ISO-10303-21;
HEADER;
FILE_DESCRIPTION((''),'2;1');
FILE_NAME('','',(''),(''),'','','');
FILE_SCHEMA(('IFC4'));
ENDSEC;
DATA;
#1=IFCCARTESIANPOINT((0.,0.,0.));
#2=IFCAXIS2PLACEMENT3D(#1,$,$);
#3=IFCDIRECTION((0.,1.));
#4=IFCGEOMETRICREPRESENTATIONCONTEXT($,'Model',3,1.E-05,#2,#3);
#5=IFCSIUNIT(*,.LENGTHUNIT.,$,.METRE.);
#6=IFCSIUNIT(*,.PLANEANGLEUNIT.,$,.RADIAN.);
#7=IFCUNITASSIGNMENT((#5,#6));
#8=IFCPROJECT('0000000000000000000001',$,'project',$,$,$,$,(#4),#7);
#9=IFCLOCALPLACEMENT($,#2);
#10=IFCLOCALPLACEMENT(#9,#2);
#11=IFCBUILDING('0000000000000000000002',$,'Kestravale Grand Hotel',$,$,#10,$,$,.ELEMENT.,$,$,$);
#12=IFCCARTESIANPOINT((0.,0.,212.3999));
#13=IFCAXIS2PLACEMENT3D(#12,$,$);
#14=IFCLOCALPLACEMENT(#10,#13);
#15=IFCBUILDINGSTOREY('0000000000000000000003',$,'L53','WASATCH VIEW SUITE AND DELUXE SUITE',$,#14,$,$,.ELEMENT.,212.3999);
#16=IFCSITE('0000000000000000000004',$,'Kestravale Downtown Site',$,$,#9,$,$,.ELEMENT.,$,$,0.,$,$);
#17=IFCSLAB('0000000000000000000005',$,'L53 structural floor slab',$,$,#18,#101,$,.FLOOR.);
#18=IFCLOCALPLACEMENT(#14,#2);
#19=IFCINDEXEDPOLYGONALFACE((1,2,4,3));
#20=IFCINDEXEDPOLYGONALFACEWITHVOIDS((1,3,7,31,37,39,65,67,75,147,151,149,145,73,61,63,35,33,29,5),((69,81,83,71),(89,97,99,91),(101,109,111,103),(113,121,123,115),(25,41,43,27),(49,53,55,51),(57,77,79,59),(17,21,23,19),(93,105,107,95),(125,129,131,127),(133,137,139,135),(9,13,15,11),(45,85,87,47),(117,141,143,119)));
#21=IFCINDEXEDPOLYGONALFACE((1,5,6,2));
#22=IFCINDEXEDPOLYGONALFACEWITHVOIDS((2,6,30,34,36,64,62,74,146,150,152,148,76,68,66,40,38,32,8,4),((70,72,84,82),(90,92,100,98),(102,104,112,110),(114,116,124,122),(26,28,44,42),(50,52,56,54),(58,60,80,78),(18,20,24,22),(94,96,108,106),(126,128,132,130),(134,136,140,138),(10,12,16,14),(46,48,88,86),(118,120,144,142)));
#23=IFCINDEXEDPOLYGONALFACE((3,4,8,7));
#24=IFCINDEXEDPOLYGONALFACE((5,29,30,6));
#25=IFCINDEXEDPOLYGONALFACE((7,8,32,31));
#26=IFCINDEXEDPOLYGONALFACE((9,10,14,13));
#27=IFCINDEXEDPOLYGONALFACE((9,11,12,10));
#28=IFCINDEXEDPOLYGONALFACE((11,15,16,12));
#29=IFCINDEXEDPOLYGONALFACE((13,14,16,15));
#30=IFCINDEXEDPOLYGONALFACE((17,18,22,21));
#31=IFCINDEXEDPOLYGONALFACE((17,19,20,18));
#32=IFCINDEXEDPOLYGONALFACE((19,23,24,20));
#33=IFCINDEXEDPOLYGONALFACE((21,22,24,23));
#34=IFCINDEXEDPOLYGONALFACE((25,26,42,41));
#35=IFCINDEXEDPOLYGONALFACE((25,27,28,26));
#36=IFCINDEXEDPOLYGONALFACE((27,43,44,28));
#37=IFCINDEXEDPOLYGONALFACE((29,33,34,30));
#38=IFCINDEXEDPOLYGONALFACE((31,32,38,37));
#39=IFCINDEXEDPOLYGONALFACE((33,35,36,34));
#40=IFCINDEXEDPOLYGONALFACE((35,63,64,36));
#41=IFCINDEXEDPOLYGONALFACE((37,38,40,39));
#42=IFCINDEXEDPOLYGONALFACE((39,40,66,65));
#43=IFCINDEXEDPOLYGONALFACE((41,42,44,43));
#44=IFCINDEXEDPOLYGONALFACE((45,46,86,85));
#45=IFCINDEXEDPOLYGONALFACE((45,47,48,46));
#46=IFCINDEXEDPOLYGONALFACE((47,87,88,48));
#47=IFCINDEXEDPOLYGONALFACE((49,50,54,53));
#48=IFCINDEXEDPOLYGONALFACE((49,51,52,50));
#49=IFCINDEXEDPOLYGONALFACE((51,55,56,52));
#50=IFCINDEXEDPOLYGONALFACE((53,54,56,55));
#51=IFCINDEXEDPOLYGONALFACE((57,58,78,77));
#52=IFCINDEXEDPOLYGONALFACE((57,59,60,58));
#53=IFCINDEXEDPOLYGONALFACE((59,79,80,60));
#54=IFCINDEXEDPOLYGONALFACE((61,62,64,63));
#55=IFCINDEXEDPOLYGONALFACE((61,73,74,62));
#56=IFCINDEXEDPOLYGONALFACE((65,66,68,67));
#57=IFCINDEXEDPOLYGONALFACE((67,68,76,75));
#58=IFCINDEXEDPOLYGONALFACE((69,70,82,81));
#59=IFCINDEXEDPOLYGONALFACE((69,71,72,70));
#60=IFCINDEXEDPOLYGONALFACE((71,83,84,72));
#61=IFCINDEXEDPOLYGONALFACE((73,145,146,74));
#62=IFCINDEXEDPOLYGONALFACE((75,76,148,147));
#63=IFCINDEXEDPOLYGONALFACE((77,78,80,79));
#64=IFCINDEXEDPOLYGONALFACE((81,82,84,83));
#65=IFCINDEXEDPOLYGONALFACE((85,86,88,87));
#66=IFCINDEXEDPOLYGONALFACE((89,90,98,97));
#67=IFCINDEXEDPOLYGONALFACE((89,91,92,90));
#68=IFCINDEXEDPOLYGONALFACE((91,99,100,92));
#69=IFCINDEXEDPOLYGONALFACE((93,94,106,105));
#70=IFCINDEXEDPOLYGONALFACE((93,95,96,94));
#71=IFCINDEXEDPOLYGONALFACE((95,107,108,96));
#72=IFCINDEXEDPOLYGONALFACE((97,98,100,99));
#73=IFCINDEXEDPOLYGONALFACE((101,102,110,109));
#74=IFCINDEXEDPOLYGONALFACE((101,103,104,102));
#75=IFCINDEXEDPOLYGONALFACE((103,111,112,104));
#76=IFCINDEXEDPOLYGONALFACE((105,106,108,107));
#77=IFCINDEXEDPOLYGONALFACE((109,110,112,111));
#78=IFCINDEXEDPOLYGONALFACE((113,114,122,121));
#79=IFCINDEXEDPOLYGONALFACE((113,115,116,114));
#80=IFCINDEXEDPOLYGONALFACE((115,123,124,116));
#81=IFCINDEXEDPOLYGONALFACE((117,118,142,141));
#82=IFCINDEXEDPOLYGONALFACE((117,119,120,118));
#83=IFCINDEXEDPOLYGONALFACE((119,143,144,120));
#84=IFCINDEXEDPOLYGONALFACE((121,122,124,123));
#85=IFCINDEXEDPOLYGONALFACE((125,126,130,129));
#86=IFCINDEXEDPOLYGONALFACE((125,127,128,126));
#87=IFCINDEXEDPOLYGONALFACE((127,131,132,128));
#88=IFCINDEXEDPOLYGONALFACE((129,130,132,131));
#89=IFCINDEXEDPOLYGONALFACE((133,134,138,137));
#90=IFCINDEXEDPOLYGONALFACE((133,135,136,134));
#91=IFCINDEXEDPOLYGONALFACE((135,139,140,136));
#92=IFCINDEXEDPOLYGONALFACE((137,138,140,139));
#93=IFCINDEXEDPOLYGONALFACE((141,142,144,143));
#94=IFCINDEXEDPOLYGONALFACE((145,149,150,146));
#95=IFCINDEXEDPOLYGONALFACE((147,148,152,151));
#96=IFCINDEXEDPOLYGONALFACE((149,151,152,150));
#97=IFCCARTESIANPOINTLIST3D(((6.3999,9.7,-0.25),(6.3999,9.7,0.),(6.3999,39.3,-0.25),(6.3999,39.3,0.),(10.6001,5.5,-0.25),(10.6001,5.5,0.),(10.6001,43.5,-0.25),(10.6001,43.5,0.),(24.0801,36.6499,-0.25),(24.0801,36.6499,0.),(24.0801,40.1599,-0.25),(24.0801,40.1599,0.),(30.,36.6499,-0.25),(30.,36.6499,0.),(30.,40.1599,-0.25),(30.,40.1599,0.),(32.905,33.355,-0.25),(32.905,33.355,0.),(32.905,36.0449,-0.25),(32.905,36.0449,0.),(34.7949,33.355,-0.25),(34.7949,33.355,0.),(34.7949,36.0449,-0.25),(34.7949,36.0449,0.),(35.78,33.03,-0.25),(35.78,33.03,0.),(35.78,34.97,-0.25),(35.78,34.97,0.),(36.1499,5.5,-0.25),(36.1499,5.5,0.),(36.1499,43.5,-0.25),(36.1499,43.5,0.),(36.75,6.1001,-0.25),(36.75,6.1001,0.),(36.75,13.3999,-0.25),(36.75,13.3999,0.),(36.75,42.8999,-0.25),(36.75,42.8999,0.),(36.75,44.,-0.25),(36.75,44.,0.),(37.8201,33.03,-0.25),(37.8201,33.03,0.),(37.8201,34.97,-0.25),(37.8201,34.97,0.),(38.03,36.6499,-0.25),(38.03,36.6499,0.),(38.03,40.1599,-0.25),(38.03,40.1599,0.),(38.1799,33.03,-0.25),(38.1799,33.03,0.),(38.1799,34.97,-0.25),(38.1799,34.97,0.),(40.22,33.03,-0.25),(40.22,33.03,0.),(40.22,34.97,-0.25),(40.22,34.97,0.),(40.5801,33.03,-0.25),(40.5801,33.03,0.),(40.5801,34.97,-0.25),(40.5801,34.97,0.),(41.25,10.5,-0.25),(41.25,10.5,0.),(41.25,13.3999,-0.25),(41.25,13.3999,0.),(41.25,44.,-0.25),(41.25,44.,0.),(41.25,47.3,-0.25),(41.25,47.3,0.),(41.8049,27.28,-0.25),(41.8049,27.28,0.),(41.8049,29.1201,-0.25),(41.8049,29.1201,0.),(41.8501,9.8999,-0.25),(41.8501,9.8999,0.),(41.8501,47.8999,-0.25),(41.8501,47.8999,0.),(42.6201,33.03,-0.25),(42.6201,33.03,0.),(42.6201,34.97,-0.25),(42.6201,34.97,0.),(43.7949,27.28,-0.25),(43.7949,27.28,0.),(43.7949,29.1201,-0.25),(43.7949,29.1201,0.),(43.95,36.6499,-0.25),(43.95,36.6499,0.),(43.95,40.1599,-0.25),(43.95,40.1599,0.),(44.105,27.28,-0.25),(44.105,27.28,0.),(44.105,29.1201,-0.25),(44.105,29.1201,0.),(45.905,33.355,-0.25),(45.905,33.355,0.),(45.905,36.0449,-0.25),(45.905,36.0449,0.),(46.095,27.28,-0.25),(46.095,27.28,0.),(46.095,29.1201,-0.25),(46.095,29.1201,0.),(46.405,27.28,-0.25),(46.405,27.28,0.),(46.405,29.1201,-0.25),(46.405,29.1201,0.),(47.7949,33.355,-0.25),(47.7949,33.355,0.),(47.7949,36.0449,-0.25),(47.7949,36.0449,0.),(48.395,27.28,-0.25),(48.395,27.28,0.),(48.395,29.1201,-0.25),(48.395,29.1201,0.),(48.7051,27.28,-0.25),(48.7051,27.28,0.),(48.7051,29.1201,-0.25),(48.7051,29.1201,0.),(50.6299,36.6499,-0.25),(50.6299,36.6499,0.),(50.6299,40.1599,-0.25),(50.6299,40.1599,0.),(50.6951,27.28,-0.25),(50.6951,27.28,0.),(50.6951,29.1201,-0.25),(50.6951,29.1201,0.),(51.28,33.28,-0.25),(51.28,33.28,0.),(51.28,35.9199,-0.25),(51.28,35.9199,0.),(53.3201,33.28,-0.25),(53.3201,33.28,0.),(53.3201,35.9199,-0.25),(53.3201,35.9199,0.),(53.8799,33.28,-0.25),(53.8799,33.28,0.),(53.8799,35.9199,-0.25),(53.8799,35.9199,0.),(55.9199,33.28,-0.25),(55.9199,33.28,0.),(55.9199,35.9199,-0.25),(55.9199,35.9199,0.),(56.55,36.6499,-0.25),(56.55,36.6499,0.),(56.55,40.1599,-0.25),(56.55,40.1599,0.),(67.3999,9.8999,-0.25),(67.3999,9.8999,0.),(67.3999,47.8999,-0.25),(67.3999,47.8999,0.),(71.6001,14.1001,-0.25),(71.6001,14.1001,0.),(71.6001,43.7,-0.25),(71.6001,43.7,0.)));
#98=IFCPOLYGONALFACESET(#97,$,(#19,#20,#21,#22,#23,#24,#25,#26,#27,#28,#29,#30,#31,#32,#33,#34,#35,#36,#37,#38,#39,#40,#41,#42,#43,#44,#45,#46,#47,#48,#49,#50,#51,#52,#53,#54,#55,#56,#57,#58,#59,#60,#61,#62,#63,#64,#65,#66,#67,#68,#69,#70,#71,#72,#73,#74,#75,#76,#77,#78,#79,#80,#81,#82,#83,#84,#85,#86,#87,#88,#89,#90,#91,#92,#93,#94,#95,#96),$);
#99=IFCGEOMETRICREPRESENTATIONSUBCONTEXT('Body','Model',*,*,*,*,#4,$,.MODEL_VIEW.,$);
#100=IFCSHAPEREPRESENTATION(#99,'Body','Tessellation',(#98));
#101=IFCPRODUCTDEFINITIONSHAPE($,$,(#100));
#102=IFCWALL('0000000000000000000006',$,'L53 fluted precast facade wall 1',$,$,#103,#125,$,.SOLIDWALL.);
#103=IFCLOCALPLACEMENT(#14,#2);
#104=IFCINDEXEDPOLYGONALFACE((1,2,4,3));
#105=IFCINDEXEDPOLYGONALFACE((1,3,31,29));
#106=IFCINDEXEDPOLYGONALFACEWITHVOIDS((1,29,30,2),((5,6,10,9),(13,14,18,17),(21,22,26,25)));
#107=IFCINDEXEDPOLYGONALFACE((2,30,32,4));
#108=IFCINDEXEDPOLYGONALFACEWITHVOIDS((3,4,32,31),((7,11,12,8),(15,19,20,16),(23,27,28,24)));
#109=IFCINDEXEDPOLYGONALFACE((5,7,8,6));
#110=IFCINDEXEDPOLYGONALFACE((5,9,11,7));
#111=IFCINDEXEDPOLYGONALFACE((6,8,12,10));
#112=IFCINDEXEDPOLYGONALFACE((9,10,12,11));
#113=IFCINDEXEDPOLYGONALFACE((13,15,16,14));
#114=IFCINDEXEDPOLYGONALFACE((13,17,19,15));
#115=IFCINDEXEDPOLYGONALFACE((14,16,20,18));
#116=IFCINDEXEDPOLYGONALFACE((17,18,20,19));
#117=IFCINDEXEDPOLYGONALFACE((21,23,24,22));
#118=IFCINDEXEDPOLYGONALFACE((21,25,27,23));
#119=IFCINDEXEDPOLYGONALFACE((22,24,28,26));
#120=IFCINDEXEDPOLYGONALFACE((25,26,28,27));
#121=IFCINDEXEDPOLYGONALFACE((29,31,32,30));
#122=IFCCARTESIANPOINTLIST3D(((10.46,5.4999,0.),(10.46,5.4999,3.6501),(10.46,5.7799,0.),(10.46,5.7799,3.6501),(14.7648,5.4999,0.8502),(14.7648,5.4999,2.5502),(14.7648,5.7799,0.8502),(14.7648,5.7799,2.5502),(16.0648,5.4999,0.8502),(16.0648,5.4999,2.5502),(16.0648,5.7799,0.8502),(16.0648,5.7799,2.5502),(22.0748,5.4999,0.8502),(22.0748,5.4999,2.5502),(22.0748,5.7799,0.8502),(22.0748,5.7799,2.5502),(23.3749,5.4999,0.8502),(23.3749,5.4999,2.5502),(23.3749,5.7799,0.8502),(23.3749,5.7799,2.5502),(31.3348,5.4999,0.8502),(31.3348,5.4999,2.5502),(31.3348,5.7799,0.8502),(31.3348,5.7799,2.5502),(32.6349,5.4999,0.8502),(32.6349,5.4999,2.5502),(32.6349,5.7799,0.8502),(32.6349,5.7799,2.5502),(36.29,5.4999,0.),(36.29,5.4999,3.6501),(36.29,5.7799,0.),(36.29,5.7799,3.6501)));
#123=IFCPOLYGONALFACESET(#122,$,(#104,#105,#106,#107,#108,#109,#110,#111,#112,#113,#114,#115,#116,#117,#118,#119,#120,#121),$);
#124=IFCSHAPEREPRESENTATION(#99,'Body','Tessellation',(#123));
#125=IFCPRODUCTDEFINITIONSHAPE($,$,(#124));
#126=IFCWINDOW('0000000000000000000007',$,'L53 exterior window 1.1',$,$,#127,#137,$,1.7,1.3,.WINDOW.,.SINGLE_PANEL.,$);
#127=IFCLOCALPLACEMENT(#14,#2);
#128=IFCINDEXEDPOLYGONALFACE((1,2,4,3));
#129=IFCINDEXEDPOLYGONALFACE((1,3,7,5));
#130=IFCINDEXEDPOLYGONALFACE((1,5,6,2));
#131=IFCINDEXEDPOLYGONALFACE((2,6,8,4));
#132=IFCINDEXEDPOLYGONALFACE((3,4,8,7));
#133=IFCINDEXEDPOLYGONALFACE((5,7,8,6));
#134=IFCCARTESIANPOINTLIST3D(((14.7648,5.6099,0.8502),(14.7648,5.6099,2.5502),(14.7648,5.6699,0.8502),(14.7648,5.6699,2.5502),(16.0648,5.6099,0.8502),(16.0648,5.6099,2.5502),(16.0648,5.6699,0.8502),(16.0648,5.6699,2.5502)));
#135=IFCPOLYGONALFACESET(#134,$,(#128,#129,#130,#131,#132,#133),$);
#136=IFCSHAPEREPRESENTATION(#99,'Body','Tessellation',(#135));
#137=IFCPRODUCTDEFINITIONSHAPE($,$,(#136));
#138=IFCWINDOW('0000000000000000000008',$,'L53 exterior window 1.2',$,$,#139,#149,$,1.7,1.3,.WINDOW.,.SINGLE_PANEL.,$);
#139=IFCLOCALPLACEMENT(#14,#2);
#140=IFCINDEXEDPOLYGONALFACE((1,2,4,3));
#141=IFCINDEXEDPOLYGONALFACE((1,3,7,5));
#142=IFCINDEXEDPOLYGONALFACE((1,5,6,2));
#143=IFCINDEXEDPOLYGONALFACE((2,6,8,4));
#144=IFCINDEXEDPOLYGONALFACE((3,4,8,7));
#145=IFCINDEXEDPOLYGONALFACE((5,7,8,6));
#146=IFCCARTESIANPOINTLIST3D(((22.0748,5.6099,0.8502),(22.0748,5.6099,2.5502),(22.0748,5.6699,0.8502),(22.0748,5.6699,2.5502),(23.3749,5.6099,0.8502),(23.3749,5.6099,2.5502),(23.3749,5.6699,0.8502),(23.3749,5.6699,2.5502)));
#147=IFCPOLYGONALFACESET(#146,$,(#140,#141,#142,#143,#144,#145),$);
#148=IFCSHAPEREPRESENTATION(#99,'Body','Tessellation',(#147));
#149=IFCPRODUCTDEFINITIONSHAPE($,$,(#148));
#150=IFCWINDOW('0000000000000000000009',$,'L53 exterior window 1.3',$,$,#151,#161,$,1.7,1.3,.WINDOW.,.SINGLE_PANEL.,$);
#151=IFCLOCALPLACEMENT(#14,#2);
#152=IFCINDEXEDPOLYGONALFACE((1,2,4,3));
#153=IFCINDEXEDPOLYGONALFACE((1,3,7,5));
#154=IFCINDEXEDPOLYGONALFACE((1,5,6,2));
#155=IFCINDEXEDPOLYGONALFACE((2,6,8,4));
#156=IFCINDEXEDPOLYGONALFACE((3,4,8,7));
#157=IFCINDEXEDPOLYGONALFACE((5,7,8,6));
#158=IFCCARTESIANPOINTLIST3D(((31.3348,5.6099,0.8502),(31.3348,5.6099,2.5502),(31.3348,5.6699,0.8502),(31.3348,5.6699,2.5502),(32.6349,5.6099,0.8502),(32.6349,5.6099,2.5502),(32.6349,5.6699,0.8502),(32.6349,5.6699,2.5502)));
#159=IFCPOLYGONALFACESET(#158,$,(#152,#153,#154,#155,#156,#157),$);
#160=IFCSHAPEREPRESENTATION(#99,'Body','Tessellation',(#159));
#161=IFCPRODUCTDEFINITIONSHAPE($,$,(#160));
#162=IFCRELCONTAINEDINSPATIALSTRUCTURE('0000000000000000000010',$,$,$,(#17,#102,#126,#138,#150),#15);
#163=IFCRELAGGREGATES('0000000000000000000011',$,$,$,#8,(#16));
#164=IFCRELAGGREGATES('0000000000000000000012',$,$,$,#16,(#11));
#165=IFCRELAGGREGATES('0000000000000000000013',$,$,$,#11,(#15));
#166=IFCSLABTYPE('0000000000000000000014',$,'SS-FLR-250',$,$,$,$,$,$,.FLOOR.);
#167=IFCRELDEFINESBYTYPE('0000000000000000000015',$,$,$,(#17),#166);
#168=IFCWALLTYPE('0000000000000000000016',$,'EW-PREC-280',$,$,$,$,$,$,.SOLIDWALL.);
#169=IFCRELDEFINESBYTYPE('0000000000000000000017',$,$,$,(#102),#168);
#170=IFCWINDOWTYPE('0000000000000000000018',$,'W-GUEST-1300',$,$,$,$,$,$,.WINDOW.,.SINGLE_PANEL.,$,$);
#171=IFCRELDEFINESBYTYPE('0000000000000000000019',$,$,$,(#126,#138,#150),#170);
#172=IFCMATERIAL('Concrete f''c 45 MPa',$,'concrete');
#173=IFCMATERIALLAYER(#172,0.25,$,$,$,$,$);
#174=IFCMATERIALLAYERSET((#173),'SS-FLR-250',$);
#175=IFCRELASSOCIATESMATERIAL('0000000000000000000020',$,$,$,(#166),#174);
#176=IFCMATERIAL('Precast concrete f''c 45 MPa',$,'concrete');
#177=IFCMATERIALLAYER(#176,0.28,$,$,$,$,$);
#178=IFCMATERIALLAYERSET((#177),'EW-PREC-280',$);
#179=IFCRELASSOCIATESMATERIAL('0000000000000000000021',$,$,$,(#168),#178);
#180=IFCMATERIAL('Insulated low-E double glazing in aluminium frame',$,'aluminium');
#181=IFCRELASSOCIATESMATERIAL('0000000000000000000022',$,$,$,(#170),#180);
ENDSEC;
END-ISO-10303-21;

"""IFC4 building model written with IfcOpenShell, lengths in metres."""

from ifc_helpers import new_model, si_unit, direction, frame, frame_2d, origin, place, context, subcontext, project, spatial, polyline, rectangle, outline, extrude, material, layer, layer_set, type_object, element, fill, save


model = new_model("IFC4")

# Units and contexts
model_context = context("Model", 3, precision=1e-05, world=origin(), true_north=direction((0.0, 1.0)))
body_context = subcontext(model_context, "Body", "Model", "MODEL_VIEW")
ifc_project = project(units=[si_unit("LENGTHUNIT", "METRE"), si_unit("PLANEANGLEUNIT", "RADIAN")], contexts=[model_context])

# Site, building, storey
site_placement = place(None, origin())
site = spatial("IfcSite", under=ifc_project, at=site_placement, Name="Kestravale Downtown Site", CompositionType="ELEMENT", RefElevation=0.0)
building_placement = place(site_placement, origin())
building = spatial("IfcBuilding", under=site, at=building_placement, Name="Kestravale Grand Hotel", CompositionType="ELEMENT")
storey_placement = place(building_placement, frame((0.0, 0.0, 212.3999)))
storey = spatial("IfcBuildingStorey", under=building, at=storey_placement, Name="L53", Description="WASATCH VIEW SUITE AND DELUXE SUITE", CompositionType="ELEMENT", Elevation=212.3999)

# Slab
ifc_material_1 = material(Name="Concrete f'c 45 MPa", Category="concrete")
ifc_layer_1 = layer(ifc_material_1, 0.25)
ifc_layer_set_1 = layer_set([ifc_layer_1], Name="SS-FLR-250")
slab_type_1 = type_object("IfcSlabType", Name="SS-FLR-250", PredefinedType="FLOOR", material=ifc_layer_set_1)
slab_1_placement = place(storey_placement, frame((0.0, 0.0, -0.25)))
element("IfcSlab", 1, at=slab_1_placement, inside=storey, type_object=slab_type_1, Name="L53 structural floor slab", PredefinedType="FLOOR", context=body_context, shape_type="SweptSolid", body=[
    extrude(outline(polyline([(10.6001, 5.5), (36.1499, 5.5), (36.75, 6.1001), (36.75, 13.3999), (41.25, 13.3999), (41.25, 10.5), (41.8501, 9.8999), (67.3999, 9.8999), (71.6001, 14.1001), (71.6001, 43.7), (67.3999, 47.8999), (41.8501, 47.8999), (41.25, 47.3), (41.25, 44.0), (36.75, 44.0), (36.75, 42.8999), (36.1499, 43.5), (10.6001, 43.5), (6.3999, 39.3), (6.3999, 9.7), (10.6001, 5.5)]), holes=[polyline([(24.0801, 36.6499), (30.0, 36.6499), (30.0, 40.1599), (24.0801, 40.1599), (24.0801, 36.6499)]), polyline([(38.03, 36.6499), (43.95, 36.6499), (43.95, 40.1599), (38.03, 40.1599), (38.03, 36.6499)]), polyline([(50.6299, 36.6499), (56.55, 36.6499), (56.55, 40.1599), (50.6299, 40.1599), (50.6299, 36.6499)]), polyline([(41.8049, 27.28), (43.7949, 27.28), (43.7949, 29.1201), (41.8049, 29.1201), (41.8049, 27.28)]), polyline([(44.105, 27.28), (46.095, 27.28), (46.095, 29.1201), (44.105, 29.1201), (44.105, 27.28)]), polyline([(46.405, 27.28), (48.395, 27.28), (48.395, 29.1201), (46.405, 29.1201), (46.405, 27.28)]), polyline([(48.7051, 27.28), (50.6951, 27.28), (50.6951, 29.1201), (48.7051, 29.1201), (48.7051, 27.28)]), polyline([(35.78, 33.03), (37.8201, 33.03), (37.8201, 34.97), (35.78, 34.97), (35.78, 33.03)]), polyline([(38.1799, 33.03), (40.22, 33.03), (40.22, 34.97), (38.1799, 34.97), (38.1799, 33.03)]), polyline([(40.5801, 33.03), (42.6201, 33.03), (42.6201, 34.97), (40.5801, 34.97), (40.5801, 33.03)]), polyline([(32.905, 33.355), (34.7949, 33.355), (34.7949, 36.0449), (32.905, 36.0449), (32.905, 33.355)]), polyline([(45.905, 33.355), (47.7949, 33.355), (47.7949, 36.0449), (45.905, 36.0449), (45.905, 33.355)]), polyline([(51.28, 33.28), (53.3201, 33.28), (53.3201, 35.9199), (51.28, 35.9199), (51.28, 33.28)]), polyline([(53.8799, 33.28), (55.9199, 33.28), (55.9199, 35.9199), (53.8799, 35.9199), (53.8799, 33.28)])]), origin(), (0.0, 0.0, 1.0), 0.25),
])

# Wall, openings, windows
ifc_material_2 = material(Name="Precast concrete f'c 45 MPa", Category="concrete")
ifc_layer_2 = layer(ifc_material_2, 0.28)
ifc_layer_set_2 = layer_set([ifc_layer_2], Name="EW-PREC-280")
wall_type_1 = type_object("IfcWallType", Name="EW-PREC-280", PredefinedType="SOLIDWALL", material=ifc_layer_set_2)
wall_1_placement = place(storey_placement, frame((10.46, 5.6399, 0.0), z_axis=(0.0, 0.0, 1.0), x_axis=(1.0, 0.0, 0.0)))
wall_1 = element("IfcWall", 2, at=wall_1_placement, inside=storey, type_object=wall_type_1, Name="L53 fluted precast facade wall 1", PredefinedType="SOLIDWALL", context=body_context, shape_type="SweptSolid", body=[
    extrude(rectangle(XDim=25.8301, YDim=0.28, at=frame_2d((12.915, 0.0))), origin(), (0.0, 0.0, 1.0), 3.6501),
])
opening_1_placement = place(wall_1_placement, frame((4.3049, 0.0, 0.8501)))
opening_1 = element("IfcOpeningElement", 3, at=opening_1_placement, cuts=wall_1, PredefinedType="OPENING", context=body_context, shape_type="SweptSolid", body=[
    extrude(rectangle(XDim=1.3, YDim=1.7, at=frame_2d((0.6499, 0.8501))), frame((0.0, 0.1499, 0.0), z_axis=(0.0, -1.0, 0.0), x_axis=(1.0, 0.0, 0.0)), (0.0, 0.0, 1.0), 0.3),
])
opening_2_placement = place(wall_1_placement, frame((11.615, 0.0, 0.8501)))
opening_2 = element("IfcOpeningElement", 4, at=opening_2_placement, cuts=wall_1, PredefinedType="OPENING", context=body_context, shape_type="SweptSolid", body=[
    extrude(rectangle(XDim=1.3, YDim=1.7, at=frame_2d((0.6499, 0.8501))), frame((0.0, 0.1499, 0.0), z_axis=(0.0, -1.0, 0.0), x_axis=(1.0, 0.0, 0.0)), (0.0, 0.0, 1.0), 0.3),
])
opening_3_placement = place(wall_1_placement, frame((20.875, 0.0, 0.8501)))
opening_3 = element("IfcOpeningElement", 5, at=opening_3_placement, cuts=wall_1, PredefinedType="OPENING", context=body_context, shape_type="SweptSolid", body=[
    extrude(rectangle(XDim=1.3, YDim=1.7, at=frame_2d((0.6499, 0.8501))), frame((0.0, 0.1499, 0.0), z_axis=(0.0, -1.0, 0.0), x_axis=(1.0, 0.0, 0.0)), (0.0, 0.0, 1.0), 0.3),
])
ifc_material_3 = material(Name="Insulated low-E double glazing in aluminium frame", Category="aluminium")
window_type = type_object("IfcWindowType", Name="W-GUEST-1300", PartitioningType="SINGLE_PANEL", PredefinedType="WINDOW", material=ifc_material_3)
window_1_placement = place(opening_1_placement, origin())
window_1 = element("IfcWindow", 6, at=window_1_placement, inside=storey, type_object=window_type, Name="L53 exterior window 1.1", OverallHeight=1.7, OverallWidth=1.3, PartitioningType="SINGLE_PANEL", PredefinedType="WINDOW", context=body_context, shape_type="SweptSolid", body=[
    extrude(rectangle(XDim=1.3, YDim=1.7, at=frame_2d((0.6499, 0.8501))), frame((0.0, 0.03, 0.0), z_axis=(0.0, -1.0, 0.0), x_axis=(1.0, 0.0, 0.0)), (0.0, 0.0, 1.0), 0.0601),
])
fill(opening_1, window_1)
window_2_placement = place(opening_2_placement, origin())
window_2 = element("IfcWindow", 7, at=window_2_placement, inside=storey, type_object=window_type, Name="L53 exterior window 1.2", OverallHeight=1.7, OverallWidth=1.3, PartitioningType="SINGLE_PANEL", PredefinedType="WINDOW", context=body_context, shape_type="SweptSolid", body=[
    extrude(rectangle(XDim=1.3, YDim=1.7, at=frame_2d((0.6499, 0.8501))), frame((0.0, 0.03, 0.0), z_axis=(0.0, -1.0, 0.0), x_axis=(1.0, 0.0, 0.0)), (0.0, 0.0, 1.0), 0.0601),
])
fill(opening_2, window_2)
window_3_placement = place(opening_3_placement, origin())
window_3 = element("IfcWindow", 8, at=window_3_placement, inside=storey, type_object=window_type, Name="L53 exterior window 1.3", OverallHeight=1.7, OverallWidth=1.3, PartitioningType="SINGLE_PANEL", PredefinedType="WINDOW", context=body_context, shape_type="SweptSolid", body=[
    extrude(rectangle(XDim=1.3, YDim=1.7, at=frame_2d((0.6499, 0.8501))), frame((0.0, 0.03, 0.0), z_axis=(0.0, -1.0, 0.0), x_axis=(1.0, 0.0, 0.0)), (0.0, 0.0, 1.0), 0.0601),
])
fill(opening_3, window_3)

save(model, "model.ifc")
